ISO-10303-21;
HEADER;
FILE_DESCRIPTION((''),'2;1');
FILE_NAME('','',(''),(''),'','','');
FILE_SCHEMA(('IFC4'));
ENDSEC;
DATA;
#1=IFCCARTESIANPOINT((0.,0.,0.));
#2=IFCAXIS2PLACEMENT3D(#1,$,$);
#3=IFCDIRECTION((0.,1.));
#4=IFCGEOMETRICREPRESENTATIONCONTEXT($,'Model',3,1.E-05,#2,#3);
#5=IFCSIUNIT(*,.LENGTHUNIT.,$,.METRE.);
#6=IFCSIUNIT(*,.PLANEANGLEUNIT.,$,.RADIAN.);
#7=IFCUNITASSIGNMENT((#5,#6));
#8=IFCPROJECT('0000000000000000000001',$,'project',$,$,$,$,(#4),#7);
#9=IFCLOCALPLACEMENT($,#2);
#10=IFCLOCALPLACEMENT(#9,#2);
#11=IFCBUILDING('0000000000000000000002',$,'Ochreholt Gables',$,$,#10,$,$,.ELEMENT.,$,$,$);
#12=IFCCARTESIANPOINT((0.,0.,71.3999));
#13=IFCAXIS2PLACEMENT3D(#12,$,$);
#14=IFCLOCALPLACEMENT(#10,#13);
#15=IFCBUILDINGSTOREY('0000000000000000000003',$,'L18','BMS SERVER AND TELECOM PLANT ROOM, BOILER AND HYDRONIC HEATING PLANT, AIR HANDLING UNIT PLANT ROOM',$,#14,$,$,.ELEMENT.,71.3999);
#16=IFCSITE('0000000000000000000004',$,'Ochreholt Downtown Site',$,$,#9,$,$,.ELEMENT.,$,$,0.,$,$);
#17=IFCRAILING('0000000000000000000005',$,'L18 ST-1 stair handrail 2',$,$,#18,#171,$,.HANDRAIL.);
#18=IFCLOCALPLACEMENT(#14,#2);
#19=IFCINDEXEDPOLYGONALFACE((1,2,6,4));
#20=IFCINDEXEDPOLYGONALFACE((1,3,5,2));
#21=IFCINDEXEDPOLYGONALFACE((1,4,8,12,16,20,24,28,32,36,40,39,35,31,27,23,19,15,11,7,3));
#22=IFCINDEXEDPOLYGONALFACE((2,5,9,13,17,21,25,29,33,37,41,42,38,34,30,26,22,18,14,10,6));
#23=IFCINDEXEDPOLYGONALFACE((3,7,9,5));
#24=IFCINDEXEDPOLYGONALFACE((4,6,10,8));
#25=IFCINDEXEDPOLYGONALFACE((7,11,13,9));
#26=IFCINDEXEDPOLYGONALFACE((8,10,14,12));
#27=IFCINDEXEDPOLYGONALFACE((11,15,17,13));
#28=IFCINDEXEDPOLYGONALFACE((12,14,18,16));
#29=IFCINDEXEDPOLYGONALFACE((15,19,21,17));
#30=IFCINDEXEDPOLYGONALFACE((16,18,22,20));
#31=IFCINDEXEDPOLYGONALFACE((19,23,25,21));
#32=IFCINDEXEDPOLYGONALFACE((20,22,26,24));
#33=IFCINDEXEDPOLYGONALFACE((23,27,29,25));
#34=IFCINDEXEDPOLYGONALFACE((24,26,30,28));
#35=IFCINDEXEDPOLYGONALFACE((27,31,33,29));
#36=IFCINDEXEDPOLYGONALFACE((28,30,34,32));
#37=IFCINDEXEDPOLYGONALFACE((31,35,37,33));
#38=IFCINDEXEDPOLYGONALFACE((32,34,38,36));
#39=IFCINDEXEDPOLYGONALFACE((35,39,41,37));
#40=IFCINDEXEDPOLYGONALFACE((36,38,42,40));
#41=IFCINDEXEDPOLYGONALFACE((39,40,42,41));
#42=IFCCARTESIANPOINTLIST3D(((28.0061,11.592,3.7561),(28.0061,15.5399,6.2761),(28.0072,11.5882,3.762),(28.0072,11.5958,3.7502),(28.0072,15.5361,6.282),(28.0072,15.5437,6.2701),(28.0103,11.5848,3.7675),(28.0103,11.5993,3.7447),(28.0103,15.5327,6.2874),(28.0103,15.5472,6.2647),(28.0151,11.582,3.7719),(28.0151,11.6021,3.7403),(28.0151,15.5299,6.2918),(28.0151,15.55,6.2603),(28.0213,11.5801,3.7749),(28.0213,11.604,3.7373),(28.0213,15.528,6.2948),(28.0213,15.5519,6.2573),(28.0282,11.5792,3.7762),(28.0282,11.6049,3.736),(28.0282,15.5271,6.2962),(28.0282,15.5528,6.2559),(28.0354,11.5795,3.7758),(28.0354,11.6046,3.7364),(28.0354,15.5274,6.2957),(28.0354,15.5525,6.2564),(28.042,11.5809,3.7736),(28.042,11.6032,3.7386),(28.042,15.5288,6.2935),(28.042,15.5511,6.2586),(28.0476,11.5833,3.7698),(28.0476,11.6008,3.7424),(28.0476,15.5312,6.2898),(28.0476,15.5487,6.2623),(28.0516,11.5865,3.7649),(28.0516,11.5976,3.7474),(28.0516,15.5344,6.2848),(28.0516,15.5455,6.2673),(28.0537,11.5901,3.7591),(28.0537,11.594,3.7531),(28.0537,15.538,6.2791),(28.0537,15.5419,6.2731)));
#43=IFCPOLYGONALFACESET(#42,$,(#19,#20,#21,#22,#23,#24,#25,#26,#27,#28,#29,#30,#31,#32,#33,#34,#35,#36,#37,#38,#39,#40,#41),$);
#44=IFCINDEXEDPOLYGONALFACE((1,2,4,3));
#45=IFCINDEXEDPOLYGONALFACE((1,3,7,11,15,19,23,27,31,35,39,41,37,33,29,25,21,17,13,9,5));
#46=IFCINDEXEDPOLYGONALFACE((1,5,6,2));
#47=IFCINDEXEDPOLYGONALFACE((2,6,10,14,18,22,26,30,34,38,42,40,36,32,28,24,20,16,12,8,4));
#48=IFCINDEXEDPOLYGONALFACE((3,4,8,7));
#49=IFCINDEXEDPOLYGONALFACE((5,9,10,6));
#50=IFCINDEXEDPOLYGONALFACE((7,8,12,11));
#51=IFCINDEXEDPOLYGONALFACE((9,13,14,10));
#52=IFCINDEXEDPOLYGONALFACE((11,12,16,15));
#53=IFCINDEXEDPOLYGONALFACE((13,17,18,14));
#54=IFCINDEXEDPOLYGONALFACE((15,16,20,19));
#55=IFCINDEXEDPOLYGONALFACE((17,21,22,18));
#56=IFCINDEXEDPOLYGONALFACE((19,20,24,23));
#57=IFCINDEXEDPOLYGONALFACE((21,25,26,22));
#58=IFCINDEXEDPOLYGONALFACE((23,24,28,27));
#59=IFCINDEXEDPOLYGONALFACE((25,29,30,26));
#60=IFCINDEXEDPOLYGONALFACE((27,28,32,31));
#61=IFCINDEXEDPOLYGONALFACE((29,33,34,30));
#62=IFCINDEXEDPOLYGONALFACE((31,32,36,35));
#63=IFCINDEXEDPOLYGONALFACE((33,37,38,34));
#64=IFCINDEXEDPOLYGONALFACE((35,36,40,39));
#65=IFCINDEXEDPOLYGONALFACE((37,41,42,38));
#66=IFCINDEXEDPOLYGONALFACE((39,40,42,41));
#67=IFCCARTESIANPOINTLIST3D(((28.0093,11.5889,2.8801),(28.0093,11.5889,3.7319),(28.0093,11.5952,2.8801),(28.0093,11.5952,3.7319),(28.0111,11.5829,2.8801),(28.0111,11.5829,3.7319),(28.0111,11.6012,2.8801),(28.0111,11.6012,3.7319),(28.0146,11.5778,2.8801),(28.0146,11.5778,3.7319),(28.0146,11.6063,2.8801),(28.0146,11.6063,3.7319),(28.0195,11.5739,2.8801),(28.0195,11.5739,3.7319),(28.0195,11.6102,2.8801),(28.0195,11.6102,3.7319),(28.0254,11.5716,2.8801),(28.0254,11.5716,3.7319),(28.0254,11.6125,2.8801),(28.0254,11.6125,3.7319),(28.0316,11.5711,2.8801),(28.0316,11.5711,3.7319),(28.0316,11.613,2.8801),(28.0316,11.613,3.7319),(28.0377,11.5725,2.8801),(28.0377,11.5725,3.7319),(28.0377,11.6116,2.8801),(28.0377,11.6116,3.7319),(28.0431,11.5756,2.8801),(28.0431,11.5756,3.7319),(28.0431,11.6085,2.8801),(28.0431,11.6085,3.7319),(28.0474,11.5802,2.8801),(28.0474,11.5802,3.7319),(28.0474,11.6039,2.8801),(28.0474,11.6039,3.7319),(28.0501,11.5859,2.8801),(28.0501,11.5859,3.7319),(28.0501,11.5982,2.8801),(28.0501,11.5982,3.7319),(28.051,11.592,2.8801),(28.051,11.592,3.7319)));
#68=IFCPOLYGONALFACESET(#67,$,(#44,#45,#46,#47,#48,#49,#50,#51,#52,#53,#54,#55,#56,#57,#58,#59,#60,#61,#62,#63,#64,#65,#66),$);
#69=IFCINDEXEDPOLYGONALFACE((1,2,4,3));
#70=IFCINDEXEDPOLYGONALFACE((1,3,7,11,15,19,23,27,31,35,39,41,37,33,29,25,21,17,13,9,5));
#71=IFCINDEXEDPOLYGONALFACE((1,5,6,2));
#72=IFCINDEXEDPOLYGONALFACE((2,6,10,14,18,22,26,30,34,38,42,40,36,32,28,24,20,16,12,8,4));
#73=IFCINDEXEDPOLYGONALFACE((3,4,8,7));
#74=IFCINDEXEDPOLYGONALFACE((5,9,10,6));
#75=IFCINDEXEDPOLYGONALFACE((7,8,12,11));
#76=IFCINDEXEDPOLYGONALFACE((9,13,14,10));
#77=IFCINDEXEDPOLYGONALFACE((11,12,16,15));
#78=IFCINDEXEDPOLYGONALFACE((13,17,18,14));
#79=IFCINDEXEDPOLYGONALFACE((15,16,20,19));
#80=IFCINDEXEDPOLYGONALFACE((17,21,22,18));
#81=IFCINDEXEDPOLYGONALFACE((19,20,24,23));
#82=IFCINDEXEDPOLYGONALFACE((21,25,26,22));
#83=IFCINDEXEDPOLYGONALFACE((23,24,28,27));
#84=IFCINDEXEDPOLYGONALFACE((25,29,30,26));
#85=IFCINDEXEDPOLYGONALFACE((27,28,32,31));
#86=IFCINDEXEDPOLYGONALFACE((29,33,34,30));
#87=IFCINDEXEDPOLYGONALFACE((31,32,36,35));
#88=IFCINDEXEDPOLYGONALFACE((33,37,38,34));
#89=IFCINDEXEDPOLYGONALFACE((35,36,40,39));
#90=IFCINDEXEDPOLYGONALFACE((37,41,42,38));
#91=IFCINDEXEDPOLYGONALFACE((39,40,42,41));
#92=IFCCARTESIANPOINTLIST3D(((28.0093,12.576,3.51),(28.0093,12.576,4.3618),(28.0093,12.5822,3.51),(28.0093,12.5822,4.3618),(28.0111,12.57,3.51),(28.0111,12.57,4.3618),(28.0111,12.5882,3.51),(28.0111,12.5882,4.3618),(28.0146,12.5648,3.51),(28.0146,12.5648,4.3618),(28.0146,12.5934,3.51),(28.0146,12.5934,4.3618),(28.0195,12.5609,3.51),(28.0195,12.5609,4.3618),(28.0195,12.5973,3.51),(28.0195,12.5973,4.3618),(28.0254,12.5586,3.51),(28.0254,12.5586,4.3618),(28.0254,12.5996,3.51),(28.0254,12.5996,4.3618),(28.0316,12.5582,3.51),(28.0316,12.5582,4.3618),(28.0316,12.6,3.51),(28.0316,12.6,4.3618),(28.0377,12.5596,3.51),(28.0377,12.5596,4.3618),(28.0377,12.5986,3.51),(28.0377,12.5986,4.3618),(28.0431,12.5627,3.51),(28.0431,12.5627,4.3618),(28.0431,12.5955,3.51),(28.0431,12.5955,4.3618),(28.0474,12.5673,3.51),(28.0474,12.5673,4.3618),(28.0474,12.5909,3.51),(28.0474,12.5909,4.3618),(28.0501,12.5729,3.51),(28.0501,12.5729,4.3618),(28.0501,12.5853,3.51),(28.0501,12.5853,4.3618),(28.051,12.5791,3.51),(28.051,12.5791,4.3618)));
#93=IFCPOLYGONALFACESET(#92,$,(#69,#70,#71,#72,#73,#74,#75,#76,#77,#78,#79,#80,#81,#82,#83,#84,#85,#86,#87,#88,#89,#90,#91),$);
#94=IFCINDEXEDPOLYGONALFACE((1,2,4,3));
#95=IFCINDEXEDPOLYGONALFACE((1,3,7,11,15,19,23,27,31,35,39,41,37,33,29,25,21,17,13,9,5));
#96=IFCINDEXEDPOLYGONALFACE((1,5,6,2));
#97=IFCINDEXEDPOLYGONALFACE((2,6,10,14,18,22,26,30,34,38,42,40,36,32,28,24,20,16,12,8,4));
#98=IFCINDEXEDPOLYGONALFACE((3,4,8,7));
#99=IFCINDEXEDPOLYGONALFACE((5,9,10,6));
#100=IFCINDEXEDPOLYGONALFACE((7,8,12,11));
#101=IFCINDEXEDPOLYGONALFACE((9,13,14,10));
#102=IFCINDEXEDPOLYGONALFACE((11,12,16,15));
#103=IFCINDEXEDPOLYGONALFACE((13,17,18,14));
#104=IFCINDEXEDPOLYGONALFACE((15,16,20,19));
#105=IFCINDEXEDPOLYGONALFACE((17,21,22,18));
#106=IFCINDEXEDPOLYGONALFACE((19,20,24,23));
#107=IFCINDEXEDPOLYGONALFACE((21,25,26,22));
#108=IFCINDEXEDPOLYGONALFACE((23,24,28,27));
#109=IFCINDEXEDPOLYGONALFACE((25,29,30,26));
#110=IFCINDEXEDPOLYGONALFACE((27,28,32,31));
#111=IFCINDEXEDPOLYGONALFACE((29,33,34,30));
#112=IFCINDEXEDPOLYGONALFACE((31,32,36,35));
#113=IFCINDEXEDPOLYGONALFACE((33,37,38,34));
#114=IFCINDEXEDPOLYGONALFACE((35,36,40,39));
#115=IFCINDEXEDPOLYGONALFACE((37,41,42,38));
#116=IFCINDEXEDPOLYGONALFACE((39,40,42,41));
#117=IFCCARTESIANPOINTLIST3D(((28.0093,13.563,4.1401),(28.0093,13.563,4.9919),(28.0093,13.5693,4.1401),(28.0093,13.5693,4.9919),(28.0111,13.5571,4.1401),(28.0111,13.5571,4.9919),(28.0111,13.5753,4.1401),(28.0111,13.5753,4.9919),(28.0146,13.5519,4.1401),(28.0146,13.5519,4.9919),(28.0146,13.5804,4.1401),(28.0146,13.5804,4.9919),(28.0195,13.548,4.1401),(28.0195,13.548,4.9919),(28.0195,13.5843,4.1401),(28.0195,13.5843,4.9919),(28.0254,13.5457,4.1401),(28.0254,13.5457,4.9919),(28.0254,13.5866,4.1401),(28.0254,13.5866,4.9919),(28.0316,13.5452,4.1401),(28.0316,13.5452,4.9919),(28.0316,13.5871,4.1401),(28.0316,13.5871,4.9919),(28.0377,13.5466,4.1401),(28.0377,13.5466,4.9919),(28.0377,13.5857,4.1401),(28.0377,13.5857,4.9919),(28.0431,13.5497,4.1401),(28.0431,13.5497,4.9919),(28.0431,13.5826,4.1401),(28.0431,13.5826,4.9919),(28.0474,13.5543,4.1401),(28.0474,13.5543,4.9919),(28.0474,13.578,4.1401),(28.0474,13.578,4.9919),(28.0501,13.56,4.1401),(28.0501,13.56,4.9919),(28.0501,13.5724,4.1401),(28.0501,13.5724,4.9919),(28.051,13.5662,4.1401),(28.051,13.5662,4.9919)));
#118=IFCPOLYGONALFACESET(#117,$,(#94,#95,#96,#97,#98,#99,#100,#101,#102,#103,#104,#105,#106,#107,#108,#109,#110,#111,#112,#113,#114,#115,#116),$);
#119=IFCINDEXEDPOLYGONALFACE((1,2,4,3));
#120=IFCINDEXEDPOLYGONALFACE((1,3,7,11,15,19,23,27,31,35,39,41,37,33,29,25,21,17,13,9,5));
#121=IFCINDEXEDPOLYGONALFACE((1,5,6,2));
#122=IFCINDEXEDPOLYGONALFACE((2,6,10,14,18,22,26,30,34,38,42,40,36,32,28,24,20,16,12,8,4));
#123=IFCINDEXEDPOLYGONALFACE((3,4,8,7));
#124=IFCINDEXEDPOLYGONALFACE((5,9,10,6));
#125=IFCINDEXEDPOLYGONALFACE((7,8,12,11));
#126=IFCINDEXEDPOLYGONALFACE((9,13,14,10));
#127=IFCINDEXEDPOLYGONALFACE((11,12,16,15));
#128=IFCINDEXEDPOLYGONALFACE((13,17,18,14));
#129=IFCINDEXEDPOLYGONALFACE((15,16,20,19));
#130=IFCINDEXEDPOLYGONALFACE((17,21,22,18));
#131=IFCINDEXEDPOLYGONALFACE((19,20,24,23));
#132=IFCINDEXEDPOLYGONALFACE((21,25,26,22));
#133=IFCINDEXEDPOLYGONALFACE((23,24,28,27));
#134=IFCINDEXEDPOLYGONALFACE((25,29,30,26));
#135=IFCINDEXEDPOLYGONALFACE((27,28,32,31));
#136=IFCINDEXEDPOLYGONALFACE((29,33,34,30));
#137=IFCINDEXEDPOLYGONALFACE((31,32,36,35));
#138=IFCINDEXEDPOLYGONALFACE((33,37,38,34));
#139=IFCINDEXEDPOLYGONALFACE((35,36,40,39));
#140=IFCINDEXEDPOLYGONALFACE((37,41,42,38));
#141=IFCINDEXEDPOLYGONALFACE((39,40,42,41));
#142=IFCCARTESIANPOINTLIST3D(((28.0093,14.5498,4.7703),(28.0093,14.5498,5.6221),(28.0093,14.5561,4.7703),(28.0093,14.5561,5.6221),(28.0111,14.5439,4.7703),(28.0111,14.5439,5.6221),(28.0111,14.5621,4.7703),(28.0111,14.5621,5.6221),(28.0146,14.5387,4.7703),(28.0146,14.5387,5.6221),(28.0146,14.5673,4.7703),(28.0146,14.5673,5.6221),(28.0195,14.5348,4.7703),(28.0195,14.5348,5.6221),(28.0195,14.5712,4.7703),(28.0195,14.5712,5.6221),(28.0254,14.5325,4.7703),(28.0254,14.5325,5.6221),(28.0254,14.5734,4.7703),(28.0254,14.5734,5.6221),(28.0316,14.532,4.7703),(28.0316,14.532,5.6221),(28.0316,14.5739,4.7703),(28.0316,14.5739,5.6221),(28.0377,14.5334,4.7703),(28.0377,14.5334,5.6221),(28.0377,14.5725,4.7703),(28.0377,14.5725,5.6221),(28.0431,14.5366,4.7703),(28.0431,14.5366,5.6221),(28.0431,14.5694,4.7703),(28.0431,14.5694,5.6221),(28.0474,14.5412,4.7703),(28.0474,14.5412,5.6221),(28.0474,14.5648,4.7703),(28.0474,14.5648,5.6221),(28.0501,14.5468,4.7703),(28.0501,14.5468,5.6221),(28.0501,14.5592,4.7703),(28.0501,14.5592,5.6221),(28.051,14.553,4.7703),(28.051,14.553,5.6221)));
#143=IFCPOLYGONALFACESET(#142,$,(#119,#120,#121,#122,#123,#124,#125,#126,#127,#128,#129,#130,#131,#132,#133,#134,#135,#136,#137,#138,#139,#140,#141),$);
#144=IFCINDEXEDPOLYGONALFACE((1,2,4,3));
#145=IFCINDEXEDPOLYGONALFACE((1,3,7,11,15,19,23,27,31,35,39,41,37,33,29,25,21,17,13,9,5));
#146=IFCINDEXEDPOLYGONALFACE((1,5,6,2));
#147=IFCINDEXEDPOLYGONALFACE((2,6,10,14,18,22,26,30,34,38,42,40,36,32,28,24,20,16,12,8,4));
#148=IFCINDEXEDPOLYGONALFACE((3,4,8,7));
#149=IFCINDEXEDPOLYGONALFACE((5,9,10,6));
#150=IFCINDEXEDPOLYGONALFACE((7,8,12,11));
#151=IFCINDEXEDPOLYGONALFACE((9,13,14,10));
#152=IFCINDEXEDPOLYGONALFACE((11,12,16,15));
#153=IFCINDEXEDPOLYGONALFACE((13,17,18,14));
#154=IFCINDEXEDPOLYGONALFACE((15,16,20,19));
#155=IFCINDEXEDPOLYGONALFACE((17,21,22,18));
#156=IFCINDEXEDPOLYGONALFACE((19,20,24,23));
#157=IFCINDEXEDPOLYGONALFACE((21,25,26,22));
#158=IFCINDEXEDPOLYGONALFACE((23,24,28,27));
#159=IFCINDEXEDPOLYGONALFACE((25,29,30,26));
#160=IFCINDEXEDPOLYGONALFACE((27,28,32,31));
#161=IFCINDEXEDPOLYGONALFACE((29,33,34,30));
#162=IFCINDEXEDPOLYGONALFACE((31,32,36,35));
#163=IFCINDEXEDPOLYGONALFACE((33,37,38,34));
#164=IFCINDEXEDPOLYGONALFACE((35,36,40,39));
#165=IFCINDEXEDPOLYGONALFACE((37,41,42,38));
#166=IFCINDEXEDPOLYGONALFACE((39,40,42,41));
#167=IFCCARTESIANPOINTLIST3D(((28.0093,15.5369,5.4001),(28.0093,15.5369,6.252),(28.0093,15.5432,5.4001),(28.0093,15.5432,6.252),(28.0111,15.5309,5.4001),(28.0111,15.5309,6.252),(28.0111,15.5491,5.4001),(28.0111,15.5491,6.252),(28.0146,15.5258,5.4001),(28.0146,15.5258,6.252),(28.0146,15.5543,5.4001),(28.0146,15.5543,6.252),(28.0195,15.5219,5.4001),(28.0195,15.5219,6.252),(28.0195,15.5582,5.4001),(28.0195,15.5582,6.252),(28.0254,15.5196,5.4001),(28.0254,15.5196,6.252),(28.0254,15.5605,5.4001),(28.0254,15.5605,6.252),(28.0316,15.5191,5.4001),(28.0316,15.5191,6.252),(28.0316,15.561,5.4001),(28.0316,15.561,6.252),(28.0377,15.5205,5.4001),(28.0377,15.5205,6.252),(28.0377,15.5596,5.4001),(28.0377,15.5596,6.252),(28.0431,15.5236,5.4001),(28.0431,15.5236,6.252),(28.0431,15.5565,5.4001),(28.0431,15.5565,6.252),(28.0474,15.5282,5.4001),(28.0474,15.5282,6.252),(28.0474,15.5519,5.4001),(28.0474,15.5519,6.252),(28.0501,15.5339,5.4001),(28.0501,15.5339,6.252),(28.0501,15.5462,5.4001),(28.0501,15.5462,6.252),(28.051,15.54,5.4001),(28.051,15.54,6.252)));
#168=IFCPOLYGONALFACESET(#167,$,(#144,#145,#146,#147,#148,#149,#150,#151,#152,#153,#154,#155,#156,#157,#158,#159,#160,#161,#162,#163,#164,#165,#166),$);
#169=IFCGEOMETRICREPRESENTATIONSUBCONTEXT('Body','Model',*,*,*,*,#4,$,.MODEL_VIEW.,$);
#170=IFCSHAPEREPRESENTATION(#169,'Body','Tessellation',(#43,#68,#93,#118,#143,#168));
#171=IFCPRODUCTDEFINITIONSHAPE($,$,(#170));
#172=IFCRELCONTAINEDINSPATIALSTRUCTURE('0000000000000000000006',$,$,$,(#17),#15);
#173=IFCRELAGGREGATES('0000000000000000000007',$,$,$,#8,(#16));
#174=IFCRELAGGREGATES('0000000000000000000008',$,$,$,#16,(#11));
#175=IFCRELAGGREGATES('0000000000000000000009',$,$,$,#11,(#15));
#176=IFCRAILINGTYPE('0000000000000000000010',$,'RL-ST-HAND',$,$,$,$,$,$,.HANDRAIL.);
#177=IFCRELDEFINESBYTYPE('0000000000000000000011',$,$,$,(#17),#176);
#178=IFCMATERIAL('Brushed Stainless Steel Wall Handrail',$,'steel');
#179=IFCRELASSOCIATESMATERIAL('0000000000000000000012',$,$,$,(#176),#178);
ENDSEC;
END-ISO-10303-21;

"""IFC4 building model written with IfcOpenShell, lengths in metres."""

from ifc_helpers import new_model, si_unit, direction, frame, origin, origin_2d, place, context, subcontext, project, spatial, circle, extrude, material, type_object, element, save


model = new_model("IFC4")

# Units and contexts
model_context = context("Model", 3, precision=1e-05, world=origin(), true_north=direction((0.0, 1.0)))
body_context = subcontext(model_context, "Body", "Model", "MODEL_VIEW")
ifc_project = project(units=[si_unit("LENGTHUNIT", "METRE"), si_unit("PLANEANGLEUNIT", "RADIAN")], contexts=[model_context])

# Site, building, storey
site_placement = place(None, origin())
site = spatial("IfcSite", under=ifc_project, at=site_placement, Name="Ochreholt Downtown Site", CompositionType="ELEMENT", RefElevation=0.0)
building_placement = place(site_placement, origin())
building = spatial("IfcBuilding", under=site, at=building_placement, Name="Ochreholt Gables", CompositionType="ELEMENT")
storey_placement = place(building_placement, frame((0.0, 0.0, 71.3999)))
storey = spatial("IfcBuildingStorey", under=building, at=storey_placement, Name="L18", Description="BMS SERVER AND TELECOM PLANT ROOM, BOILER AND HYDRONIC HEATING PLANT, AIR HANDLING UNIT PLANT ROOM", CompositionType="ELEMENT", Elevation=71.3999)

# Railing
ifc_material_1 = material(Name="Brushed Stainless Steel Wall Handrail", Category="steel")
railing_type_1 = type_object("IfcRailingType", Name="RL-ST-HAND", PredefinedType="HANDRAIL", material=ifc_material_1)
railing_1_placement = place(storey_placement, frame((28.03, 11.592, 2.8801)))
element("IfcRailing", 1, at=railing_1_placement, inside=storey, type_object=railing_type_1, Name="L18 ST-1 stair handrail 2", PredefinedType="HANDRAIL", context=body_context, shape_type="SweptSolid", body=[
    extrude(circle(Radius=0.0239, at=origin_2d()), frame((0.0, 0.0, 0.876), z_axis=(0.0, 0.84292, 0.538039), x_axis=(-1.0, 0.0, 0.0)), (0.0, 0.0, 1.0), 4.6836),
    extrude(circle(Radius=0.021, at=origin_2d()), origin(), (0.0, 0.0, 1.0), 0.8518),
    extrude(circle(Radius=0.021, at=origin_2d()), frame((0.0, 0.9871, 0.6299)), (0.0, 0.0, 1.0), 0.8518),
    extrude(circle(Radius=0.021, at=origin_2d()), frame((0.0, 1.9741, 1.26)), (0.0, 0.0, 1.0), 0.8518),
    extrude(circle(Radius=0.021, at=origin_2d()), frame((0.0, 2.9609, 1.8901)), (0.0, 0.0, 1.0), 0.8518),
    extrude(circle(Radius=0.021, at=origin_2d()), frame((0.0, 3.948, 2.52)), (0.0, 0.0, 1.0), 0.8518),
])

save(model, "model.ifc")
